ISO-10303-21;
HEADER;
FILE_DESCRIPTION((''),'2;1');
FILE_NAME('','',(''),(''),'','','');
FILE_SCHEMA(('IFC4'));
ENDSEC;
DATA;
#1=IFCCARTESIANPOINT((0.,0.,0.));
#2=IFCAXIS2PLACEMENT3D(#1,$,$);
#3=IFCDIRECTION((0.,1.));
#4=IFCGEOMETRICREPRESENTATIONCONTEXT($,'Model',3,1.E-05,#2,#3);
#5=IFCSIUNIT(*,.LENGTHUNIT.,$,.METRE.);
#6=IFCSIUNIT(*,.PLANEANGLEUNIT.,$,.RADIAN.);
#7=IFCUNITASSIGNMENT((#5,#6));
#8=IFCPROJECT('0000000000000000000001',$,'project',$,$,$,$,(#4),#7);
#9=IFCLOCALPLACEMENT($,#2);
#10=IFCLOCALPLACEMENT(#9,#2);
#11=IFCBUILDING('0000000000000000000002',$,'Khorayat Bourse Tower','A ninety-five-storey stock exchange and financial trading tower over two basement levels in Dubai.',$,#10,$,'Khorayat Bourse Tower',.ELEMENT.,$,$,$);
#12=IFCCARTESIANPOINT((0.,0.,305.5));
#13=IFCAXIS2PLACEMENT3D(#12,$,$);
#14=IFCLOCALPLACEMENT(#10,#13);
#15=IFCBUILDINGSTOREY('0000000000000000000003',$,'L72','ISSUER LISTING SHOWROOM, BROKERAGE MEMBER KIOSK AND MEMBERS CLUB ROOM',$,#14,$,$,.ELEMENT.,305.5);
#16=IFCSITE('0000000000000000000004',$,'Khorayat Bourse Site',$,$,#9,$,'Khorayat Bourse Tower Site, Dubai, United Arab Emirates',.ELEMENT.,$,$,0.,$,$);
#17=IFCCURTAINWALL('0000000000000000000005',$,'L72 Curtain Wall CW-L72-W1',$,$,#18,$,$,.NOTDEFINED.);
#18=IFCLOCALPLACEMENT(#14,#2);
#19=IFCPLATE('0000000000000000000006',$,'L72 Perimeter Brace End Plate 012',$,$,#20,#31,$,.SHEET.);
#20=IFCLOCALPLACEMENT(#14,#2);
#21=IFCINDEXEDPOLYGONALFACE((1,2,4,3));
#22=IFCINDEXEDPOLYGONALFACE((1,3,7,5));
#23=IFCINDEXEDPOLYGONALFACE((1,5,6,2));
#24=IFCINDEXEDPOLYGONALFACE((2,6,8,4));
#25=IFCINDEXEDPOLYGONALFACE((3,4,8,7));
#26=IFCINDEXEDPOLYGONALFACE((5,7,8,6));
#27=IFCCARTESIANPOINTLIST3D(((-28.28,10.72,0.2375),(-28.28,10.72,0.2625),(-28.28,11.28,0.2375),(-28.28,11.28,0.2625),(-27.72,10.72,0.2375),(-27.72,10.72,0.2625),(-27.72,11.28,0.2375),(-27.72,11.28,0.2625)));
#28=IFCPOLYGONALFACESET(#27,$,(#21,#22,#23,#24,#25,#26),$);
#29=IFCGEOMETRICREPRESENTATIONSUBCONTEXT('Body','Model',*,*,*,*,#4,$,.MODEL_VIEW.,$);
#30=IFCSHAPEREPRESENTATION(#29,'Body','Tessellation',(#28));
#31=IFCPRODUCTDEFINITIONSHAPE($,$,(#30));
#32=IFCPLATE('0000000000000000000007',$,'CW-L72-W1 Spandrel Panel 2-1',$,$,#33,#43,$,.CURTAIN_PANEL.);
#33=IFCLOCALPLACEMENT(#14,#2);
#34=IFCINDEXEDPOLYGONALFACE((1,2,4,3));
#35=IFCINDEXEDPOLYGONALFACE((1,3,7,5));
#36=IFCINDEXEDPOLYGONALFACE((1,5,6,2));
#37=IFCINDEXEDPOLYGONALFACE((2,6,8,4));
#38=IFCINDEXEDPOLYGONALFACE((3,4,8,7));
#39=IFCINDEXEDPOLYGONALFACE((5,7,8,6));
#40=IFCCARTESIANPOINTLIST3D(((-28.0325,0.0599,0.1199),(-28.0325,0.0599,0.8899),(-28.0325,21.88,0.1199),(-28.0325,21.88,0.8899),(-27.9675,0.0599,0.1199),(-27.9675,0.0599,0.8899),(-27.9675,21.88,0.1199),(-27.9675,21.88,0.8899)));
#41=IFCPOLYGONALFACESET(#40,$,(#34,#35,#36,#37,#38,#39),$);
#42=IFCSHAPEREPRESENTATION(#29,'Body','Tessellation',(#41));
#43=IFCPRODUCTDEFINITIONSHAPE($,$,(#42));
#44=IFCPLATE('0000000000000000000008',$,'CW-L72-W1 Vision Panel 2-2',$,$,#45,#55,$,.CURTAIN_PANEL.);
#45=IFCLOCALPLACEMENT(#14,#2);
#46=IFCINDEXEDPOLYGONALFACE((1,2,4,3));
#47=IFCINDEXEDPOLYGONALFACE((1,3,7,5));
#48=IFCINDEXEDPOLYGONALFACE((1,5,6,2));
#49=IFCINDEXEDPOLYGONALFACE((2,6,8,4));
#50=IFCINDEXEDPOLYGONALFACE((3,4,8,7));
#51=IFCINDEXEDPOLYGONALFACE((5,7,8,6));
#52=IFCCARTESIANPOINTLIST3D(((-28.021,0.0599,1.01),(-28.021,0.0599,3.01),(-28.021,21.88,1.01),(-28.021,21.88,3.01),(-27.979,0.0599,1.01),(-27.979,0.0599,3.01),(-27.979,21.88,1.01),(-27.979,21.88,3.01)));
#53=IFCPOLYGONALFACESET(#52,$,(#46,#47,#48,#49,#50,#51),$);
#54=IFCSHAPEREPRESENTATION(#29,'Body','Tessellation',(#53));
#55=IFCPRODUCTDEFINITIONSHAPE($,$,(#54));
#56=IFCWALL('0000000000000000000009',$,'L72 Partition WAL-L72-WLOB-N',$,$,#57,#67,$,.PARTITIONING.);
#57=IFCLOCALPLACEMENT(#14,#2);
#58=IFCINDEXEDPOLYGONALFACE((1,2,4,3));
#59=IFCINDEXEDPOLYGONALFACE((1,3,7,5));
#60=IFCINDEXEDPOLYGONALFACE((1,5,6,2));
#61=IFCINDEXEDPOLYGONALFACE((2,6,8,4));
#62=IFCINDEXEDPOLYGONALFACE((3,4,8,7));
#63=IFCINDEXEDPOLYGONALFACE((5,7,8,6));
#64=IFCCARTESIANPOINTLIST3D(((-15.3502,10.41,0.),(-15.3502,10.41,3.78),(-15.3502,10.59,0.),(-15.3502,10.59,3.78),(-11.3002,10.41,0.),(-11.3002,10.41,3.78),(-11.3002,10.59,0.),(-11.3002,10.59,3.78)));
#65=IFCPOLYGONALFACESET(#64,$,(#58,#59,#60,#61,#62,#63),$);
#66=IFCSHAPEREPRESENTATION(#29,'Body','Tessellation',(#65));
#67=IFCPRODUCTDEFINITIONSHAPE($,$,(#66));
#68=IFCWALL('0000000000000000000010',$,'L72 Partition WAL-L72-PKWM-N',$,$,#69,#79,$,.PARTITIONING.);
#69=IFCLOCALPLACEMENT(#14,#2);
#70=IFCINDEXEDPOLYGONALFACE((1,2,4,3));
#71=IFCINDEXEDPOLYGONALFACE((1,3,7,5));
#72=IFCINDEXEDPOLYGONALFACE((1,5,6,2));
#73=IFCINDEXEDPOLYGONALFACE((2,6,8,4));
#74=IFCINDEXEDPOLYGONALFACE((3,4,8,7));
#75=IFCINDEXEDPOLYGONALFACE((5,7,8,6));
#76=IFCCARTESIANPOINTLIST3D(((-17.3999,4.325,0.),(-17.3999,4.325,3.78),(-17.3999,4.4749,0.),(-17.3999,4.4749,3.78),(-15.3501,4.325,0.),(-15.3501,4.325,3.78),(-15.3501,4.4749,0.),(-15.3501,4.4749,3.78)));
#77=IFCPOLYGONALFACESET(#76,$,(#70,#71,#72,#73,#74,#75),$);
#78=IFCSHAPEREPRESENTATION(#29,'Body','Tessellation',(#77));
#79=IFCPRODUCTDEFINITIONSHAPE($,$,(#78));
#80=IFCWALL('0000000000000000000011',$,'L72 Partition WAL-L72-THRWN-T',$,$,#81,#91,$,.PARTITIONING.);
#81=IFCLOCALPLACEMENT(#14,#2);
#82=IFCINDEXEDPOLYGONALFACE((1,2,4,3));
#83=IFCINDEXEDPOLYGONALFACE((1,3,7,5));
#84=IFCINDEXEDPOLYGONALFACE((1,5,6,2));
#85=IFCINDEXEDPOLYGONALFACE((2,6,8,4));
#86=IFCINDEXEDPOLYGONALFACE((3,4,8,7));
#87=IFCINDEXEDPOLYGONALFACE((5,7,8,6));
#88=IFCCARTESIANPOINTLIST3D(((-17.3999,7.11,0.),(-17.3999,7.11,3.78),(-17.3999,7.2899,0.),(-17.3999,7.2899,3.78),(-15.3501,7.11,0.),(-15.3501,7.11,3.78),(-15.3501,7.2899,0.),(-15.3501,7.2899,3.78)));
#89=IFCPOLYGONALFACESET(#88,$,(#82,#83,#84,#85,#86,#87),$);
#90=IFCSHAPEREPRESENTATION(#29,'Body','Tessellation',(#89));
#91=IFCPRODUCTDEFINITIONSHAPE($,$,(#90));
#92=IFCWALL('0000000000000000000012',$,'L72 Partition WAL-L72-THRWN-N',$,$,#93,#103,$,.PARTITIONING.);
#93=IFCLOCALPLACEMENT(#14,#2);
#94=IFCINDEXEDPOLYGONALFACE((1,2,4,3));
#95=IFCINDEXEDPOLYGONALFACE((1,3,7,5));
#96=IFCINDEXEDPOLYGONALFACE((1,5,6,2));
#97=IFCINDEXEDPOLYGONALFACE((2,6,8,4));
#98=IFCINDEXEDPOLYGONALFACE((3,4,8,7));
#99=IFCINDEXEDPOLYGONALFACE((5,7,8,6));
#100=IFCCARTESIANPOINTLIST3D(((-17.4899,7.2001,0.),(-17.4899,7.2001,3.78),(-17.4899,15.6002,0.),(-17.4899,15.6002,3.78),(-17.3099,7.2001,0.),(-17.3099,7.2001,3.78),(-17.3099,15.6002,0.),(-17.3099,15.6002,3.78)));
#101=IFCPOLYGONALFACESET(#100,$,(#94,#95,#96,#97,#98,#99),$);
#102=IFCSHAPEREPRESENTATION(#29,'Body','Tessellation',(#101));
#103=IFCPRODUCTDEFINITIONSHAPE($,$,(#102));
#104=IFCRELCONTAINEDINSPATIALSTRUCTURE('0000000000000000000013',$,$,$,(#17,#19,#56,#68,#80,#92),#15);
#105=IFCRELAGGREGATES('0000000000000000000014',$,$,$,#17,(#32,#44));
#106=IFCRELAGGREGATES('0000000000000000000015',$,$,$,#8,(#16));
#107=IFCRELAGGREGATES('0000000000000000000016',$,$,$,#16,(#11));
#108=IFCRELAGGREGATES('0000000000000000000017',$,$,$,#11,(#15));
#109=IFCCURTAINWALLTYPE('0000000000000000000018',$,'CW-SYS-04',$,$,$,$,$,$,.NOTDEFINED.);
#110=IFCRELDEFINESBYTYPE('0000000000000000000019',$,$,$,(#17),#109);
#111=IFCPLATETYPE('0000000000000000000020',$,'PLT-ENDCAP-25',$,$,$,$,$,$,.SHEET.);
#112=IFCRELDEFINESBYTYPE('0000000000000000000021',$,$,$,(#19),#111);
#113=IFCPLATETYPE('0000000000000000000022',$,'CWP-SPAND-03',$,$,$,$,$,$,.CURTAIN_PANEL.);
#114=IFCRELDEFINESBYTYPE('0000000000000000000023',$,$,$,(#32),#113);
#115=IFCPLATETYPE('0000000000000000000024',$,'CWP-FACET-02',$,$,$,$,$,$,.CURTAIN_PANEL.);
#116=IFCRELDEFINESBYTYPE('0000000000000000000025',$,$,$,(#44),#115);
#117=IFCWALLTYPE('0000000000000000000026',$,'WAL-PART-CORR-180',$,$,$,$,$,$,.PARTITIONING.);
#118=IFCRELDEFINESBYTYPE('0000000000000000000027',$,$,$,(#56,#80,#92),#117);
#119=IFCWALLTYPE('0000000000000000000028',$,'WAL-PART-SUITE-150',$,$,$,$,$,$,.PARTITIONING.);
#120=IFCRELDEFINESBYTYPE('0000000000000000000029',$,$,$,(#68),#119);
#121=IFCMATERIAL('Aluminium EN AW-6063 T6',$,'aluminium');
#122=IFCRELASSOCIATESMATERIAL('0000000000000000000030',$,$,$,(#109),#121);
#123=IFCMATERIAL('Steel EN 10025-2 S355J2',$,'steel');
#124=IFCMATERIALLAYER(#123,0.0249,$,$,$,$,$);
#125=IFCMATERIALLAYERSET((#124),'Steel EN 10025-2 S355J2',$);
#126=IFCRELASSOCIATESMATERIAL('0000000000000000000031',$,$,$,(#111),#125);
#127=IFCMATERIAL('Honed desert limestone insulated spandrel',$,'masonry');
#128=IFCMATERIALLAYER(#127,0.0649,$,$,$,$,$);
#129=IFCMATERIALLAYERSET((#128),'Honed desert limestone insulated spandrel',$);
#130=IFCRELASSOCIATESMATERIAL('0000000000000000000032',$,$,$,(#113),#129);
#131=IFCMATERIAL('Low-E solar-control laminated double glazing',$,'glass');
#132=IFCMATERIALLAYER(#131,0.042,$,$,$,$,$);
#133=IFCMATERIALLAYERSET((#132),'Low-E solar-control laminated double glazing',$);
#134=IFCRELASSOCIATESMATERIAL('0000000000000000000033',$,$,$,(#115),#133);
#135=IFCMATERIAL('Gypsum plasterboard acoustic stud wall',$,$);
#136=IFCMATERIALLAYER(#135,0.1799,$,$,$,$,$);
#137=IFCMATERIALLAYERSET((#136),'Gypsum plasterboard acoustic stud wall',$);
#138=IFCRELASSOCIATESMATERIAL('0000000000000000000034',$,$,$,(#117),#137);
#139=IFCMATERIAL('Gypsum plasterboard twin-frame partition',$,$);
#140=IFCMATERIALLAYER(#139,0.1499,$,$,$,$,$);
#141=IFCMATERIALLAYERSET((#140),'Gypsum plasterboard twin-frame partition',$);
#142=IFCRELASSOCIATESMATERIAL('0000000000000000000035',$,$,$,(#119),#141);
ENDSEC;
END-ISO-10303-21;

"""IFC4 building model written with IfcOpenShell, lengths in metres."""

from ifc_helpers import new_model, si_unit, direction, frame, frame_2d, origin, origin_2d, place, context, subcontext, project, spatial, rectangle, extrude, source, transform, mapped, material, layer, layer_set, type_object, element, aggregate, save


model = new_model("IFC4")

# Units and contexts
model_context = context("Model", 3, precision=1e-05, world=origin(), true_north=direction((0.0, 1.0)))
body_context = subcontext(model_context, "Body", "Model", "MODEL_VIEW")
ifc_project = project(units=[si_unit("LENGTHUNIT", "METRE"), si_unit("PLANEANGLEUNIT", "RADIAN")], contexts=[model_context])

# Site, building, storey
site_placement = place(None, origin())
site = spatial("IfcSite", under=ifc_project, at=site_placement, Name="Khorayat Bourse Site", LongName="Khorayat Bourse Tower Site, Dubai, United Arab Emirates", CompositionType="ELEMENT", RefElevation=0.0)
building_placement = place(site_placement, origin())
building = spatial("IfcBuilding", under=site, at=building_placement, Name="Khorayat Bourse Tower", Description="A ninety-five-storey stock exchange and financial trading tower over two basement levels in Dubai.", LongName="Khorayat Bourse Tower", CompositionType="ELEMENT")
storey_placement = place(building_placement, frame((0.0, 0.0, 305.5)))
storey = spatial("IfcBuildingStorey", under=building, at=storey_placement, Name="L72", Description="ISSUER LISTING SHOWROOM, BROKERAGE MEMBER KIOSK AND MEMBERS CLUB ROOM", CompositionType="ELEMENT", Elevation=305.5)

# Curtain wall
ifc_material_1 = material(Name="Aluminium EN AW-6063 T6", Category="aluminium")
curtain_wall_type = type_object("IfcCurtainWallType", Name="CW-SYS-04", PredefinedType="NOTDEFINED", material=ifc_material_1)
curtain_wall_placement = place(storey_placement, origin())
curtain_wall = element("IfcCurtainWall", 1, at=curtain_wall_placement, inside=storey, type_object=curtain_wall_type, Name="L72 Curtain Wall CW-L72-W1", PredefinedType="NOTDEFINED")

# Plate
ifc_material_2 = material(Name="Steel EN 10025-2 S355J2", Category="steel")
ifc_layer_1 = layer(ifc_material_2, 0.0249)
ifc_layer_set_1 = layer_set([ifc_layer_1], Name="Steel EN 10025-2 S355J2")
plate_type_1 = type_object("IfcPlateType", Name="PLT-ENDCAP-25", PredefinedType="SHEET", material=ifc_layer_set_1)
shared_shape_1 = source(origin(), body_context, "Body", "SweptSolid", [
    extrude(rectangle(XDim=0.5601, YDim=0.5601, at=origin_2d()), origin(), (0.0, 0.0, 1.0), 0.0249),
])
for number, where, z_axis, x_axis, name in (
    (2, (-28.0, 11.0, 0.2375), (0.0, 0.0, 1.0), (1.0, 0.0, 0.0), "L72 Perimeter Brace End Plate 012"),
):
    element("IfcPlate", number, at=place(storey_placement, frame(where, z_axis=z_axis, x_axis=x_axis)), inside=storey, type_object=plate_type_1, Name=name, PredefinedType="SHEET", context=body_context, shape_type="MappedRepresentation", body=[
        mapped(shared_shape_1, transform((0.0, 0.0, 0.0), scale=1.0)),
    ])

# Plates
ifc_material_3 = material(Name="Honed desert limestone insulated spandrel", Category="masonry")
ifc_layer_2 = layer(ifc_material_3, 0.0649)
ifc_layer_set_2 = layer_set([ifc_layer_2], Name="Honed desert limestone insulated spandrel")
plate_type_2 = type_object("IfcPlateType", Name="CWP-SPAND-03", PredefinedType="CURTAIN_PANEL", material=ifc_layer_set_2)
shared_shape_2 = source(origin(), body_context, "Body", "SweptSolid", [
    extrude(rectangle(XDim=21.8201, YDim=0.0649, at=origin_2d()), origin(), (0.0, 0.0, 1.0), 0.77),
])
plate_1_placement = place(storey_placement, frame((-28.0, 10.97, 0.1199), z_axis=(0.0, 0.0, 1.0), x_axis=(0.0, 1.0, 0.0)))
plate_1 = element("IfcPlate", 3, at=plate_1_placement, type_object=plate_type_2, Name="CW-L72-W1 Spandrel Panel 2-1", PredefinedType="CURTAIN_PANEL", context=body_context, shape_type="MappedRepresentation", body=[
    mapped(shared_shape_2, transform((0.0, 0.0, 0.0), scale=1.0)),
])
ifc_material_4 = material(Name="Low-E solar-control laminated double glazing", Category="glass")
ifc_layer_3 = layer(ifc_material_4, 0.042)
ifc_layer_set_3 = layer_set([ifc_layer_3], Name="Low-E solar-control laminated double glazing")
plate_type_3 = type_object("IfcPlateType", Name="CWP-FACET-02", PredefinedType="CURTAIN_PANEL", material=ifc_layer_set_3)
shared_shape_3 = source(origin(), body_context, "Body", "SweptSolid", [
    extrude(rectangle(XDim=21.8201, YDim=0.042, at=origin_2d()), origin(), (0.0, 0.0, 1.0), 2.0),
])
plate_2_placement = place(storey_placement, frame((-28.0, 10.97, 1.01), z_axis=(0.0, 0.0, 1.0), x_axis=(0.0, 1.0, 0.0)))
plate_2 = element("IfcPlate", 4, at=plate_2_placement, type_object=plate_type_3, Name="CW-L72-W1 Vision Panel 2-2", PredefinedType="CURTAIN_PANEL", context=body_context, shape_type="MappedRepresentation", body=[
    mapped(shared_shape_3, transform((0.0, 0.0, 0.0), scale=1.0)),
])
aggregate(curtain_wall, [plate_1, plate_2])

# Walls
ifc_material_5 = material(Name="Gypsum plasterboard acoustic stud wall")
ifc_layer_4 = layer(ifc_material_5, 0.1799)
ifc_layer_set_4 = layer_set([ifc_layer_4], Name="Gypsum plasterboard acoustic stud wall")
wall_type_1 = type_object("IfcWallType", Name="WAL-PART-CORR-180", PredefinedType="PARTITIONING", material=ifc_layer_set_4)
shared_shape_4 = source(origin(), body_context, "Body", "SweptSolid", [
    extrude(rectangle(XDim=4.05, YDim=0.1799, at=frame_2d((2.0249, 0.0))), origin(), (0.0, 0.0, 1.0), 3.78),
])
wall_1_placement = place(storey_placement, frame((-15.3501, 10.5, 0.0), z_axis=(0.0, 0.0, 1.0), x_axis=(1.0, 0.0, 0.0)))
element("IfcWall", 5, at=wall_1_placement, inside=storey, type_object=wall_type_1, Name="L72 Partition WAL-L72-WLOB-N", PredefinedType="PARTITIONING", context=body_context, shape_type="MappedRepresentation", body=[
    mapped(shared_shape_4, transform((0.0, 0.0, 0.0), scale=1.0)),
])
ifc_material_6 = material(Name="Gypsum plasterboard twin-frame partition")
ifc_layer_5 = layer(ifc_material_6, 0.1499)
ifc_layer_set_5 = layer_set([ifc_layer_5], Name="Gypsum plasterboard twin-frame partition")
wall_type_2 = type_object("IfcWallType", Name="WAL-PART-SUITE-150", PredefinedType="PARTITIONING", material=ifc_layer_set_5)
shared_shape_5 = source(origin(), body_context, "Body", "SweptSolid", [
    extrude(rectangle(XDim=2.0498, YDim=0.1499, at=frame_2d((1.0249, 0.0))), origin(), (0.0, 0.0, 1.0), 3.78),
])
wall_2_placement = place(storey_placement, frame((-17.3999, 4.3999, 0.0), z_axis=(0.0, 0.0, 1.0), x_axis=(1.0, 0.0, 0.0)))
element("IfcWall", 6, at=wall_2_placement, inside=storey, type_object=wall_type_2, Name="L72 Partition WAL-L72-PKWM-N", PredefinedType="PARTITIONING", context=body_context, shape_type="MappedRepresentation", body=[
    mapped(shared_shape_5, transform((0.0, 0.0, 0.0), scale=1.0)),
])
shared_shape_6 = source(origin(), body_context, "Body", "SweptSolid", [
    extrude(rectangle(XDim=2.0498, YDim=0.1799, at=frame_2d((1.0249, 0.0))), origin(), (0.0, 0.0, 1.0), 3.78),
])
wall_3_placement = place(storey_placement, frame((-17.3999, 7.2, 0.0), z_axis=(0.0, 0.0, 1.0), x_axis=(1.0, 0.0, 0.0)))
element("IfcWall", 7, at=wall_3_placement, inside=storey, type_object=wall_type_1, Name="L72 Partition WAL-L72-THRWN-T", PredefinedType="PARTITIONING", context=body_context, shape_type="MappedRepresentation", body=[
    mapped(shared_shape_6, transform((0.0, 0.0, 0.0), scale=1.0)),
])
shared_shape_7 = source(origin(), body_context, "Body", "SweptSolid", [
    extrude(rectangle(XDim=8.4001, YDim=0.1799, at=frame_2d((4.2002, 0.0))), origin(), (0.0, 0.0, 1.0), 3.78),
])
wall_4_placement = place(storey_placement, frame((-17.3999, 7.2, 0.0), z_axis=(0.0, 0.0, 1.0), x_axis=(0.0, 1.0, 0.0)))
element("IfcWall", 8, at=wall_4_placement, inside=storey, type_object=wall_type_1, Name="L72 Partition WAL-L72-THRWN-N", PredefinedType="PARTITIONING", context=body_context, shape_type="MappedRepresentation", body=[
    mapped(shared_shape_7, transform((0.0, 0.0, 0.0), scale=1.0)),
])

save(model, "model.ifc")
